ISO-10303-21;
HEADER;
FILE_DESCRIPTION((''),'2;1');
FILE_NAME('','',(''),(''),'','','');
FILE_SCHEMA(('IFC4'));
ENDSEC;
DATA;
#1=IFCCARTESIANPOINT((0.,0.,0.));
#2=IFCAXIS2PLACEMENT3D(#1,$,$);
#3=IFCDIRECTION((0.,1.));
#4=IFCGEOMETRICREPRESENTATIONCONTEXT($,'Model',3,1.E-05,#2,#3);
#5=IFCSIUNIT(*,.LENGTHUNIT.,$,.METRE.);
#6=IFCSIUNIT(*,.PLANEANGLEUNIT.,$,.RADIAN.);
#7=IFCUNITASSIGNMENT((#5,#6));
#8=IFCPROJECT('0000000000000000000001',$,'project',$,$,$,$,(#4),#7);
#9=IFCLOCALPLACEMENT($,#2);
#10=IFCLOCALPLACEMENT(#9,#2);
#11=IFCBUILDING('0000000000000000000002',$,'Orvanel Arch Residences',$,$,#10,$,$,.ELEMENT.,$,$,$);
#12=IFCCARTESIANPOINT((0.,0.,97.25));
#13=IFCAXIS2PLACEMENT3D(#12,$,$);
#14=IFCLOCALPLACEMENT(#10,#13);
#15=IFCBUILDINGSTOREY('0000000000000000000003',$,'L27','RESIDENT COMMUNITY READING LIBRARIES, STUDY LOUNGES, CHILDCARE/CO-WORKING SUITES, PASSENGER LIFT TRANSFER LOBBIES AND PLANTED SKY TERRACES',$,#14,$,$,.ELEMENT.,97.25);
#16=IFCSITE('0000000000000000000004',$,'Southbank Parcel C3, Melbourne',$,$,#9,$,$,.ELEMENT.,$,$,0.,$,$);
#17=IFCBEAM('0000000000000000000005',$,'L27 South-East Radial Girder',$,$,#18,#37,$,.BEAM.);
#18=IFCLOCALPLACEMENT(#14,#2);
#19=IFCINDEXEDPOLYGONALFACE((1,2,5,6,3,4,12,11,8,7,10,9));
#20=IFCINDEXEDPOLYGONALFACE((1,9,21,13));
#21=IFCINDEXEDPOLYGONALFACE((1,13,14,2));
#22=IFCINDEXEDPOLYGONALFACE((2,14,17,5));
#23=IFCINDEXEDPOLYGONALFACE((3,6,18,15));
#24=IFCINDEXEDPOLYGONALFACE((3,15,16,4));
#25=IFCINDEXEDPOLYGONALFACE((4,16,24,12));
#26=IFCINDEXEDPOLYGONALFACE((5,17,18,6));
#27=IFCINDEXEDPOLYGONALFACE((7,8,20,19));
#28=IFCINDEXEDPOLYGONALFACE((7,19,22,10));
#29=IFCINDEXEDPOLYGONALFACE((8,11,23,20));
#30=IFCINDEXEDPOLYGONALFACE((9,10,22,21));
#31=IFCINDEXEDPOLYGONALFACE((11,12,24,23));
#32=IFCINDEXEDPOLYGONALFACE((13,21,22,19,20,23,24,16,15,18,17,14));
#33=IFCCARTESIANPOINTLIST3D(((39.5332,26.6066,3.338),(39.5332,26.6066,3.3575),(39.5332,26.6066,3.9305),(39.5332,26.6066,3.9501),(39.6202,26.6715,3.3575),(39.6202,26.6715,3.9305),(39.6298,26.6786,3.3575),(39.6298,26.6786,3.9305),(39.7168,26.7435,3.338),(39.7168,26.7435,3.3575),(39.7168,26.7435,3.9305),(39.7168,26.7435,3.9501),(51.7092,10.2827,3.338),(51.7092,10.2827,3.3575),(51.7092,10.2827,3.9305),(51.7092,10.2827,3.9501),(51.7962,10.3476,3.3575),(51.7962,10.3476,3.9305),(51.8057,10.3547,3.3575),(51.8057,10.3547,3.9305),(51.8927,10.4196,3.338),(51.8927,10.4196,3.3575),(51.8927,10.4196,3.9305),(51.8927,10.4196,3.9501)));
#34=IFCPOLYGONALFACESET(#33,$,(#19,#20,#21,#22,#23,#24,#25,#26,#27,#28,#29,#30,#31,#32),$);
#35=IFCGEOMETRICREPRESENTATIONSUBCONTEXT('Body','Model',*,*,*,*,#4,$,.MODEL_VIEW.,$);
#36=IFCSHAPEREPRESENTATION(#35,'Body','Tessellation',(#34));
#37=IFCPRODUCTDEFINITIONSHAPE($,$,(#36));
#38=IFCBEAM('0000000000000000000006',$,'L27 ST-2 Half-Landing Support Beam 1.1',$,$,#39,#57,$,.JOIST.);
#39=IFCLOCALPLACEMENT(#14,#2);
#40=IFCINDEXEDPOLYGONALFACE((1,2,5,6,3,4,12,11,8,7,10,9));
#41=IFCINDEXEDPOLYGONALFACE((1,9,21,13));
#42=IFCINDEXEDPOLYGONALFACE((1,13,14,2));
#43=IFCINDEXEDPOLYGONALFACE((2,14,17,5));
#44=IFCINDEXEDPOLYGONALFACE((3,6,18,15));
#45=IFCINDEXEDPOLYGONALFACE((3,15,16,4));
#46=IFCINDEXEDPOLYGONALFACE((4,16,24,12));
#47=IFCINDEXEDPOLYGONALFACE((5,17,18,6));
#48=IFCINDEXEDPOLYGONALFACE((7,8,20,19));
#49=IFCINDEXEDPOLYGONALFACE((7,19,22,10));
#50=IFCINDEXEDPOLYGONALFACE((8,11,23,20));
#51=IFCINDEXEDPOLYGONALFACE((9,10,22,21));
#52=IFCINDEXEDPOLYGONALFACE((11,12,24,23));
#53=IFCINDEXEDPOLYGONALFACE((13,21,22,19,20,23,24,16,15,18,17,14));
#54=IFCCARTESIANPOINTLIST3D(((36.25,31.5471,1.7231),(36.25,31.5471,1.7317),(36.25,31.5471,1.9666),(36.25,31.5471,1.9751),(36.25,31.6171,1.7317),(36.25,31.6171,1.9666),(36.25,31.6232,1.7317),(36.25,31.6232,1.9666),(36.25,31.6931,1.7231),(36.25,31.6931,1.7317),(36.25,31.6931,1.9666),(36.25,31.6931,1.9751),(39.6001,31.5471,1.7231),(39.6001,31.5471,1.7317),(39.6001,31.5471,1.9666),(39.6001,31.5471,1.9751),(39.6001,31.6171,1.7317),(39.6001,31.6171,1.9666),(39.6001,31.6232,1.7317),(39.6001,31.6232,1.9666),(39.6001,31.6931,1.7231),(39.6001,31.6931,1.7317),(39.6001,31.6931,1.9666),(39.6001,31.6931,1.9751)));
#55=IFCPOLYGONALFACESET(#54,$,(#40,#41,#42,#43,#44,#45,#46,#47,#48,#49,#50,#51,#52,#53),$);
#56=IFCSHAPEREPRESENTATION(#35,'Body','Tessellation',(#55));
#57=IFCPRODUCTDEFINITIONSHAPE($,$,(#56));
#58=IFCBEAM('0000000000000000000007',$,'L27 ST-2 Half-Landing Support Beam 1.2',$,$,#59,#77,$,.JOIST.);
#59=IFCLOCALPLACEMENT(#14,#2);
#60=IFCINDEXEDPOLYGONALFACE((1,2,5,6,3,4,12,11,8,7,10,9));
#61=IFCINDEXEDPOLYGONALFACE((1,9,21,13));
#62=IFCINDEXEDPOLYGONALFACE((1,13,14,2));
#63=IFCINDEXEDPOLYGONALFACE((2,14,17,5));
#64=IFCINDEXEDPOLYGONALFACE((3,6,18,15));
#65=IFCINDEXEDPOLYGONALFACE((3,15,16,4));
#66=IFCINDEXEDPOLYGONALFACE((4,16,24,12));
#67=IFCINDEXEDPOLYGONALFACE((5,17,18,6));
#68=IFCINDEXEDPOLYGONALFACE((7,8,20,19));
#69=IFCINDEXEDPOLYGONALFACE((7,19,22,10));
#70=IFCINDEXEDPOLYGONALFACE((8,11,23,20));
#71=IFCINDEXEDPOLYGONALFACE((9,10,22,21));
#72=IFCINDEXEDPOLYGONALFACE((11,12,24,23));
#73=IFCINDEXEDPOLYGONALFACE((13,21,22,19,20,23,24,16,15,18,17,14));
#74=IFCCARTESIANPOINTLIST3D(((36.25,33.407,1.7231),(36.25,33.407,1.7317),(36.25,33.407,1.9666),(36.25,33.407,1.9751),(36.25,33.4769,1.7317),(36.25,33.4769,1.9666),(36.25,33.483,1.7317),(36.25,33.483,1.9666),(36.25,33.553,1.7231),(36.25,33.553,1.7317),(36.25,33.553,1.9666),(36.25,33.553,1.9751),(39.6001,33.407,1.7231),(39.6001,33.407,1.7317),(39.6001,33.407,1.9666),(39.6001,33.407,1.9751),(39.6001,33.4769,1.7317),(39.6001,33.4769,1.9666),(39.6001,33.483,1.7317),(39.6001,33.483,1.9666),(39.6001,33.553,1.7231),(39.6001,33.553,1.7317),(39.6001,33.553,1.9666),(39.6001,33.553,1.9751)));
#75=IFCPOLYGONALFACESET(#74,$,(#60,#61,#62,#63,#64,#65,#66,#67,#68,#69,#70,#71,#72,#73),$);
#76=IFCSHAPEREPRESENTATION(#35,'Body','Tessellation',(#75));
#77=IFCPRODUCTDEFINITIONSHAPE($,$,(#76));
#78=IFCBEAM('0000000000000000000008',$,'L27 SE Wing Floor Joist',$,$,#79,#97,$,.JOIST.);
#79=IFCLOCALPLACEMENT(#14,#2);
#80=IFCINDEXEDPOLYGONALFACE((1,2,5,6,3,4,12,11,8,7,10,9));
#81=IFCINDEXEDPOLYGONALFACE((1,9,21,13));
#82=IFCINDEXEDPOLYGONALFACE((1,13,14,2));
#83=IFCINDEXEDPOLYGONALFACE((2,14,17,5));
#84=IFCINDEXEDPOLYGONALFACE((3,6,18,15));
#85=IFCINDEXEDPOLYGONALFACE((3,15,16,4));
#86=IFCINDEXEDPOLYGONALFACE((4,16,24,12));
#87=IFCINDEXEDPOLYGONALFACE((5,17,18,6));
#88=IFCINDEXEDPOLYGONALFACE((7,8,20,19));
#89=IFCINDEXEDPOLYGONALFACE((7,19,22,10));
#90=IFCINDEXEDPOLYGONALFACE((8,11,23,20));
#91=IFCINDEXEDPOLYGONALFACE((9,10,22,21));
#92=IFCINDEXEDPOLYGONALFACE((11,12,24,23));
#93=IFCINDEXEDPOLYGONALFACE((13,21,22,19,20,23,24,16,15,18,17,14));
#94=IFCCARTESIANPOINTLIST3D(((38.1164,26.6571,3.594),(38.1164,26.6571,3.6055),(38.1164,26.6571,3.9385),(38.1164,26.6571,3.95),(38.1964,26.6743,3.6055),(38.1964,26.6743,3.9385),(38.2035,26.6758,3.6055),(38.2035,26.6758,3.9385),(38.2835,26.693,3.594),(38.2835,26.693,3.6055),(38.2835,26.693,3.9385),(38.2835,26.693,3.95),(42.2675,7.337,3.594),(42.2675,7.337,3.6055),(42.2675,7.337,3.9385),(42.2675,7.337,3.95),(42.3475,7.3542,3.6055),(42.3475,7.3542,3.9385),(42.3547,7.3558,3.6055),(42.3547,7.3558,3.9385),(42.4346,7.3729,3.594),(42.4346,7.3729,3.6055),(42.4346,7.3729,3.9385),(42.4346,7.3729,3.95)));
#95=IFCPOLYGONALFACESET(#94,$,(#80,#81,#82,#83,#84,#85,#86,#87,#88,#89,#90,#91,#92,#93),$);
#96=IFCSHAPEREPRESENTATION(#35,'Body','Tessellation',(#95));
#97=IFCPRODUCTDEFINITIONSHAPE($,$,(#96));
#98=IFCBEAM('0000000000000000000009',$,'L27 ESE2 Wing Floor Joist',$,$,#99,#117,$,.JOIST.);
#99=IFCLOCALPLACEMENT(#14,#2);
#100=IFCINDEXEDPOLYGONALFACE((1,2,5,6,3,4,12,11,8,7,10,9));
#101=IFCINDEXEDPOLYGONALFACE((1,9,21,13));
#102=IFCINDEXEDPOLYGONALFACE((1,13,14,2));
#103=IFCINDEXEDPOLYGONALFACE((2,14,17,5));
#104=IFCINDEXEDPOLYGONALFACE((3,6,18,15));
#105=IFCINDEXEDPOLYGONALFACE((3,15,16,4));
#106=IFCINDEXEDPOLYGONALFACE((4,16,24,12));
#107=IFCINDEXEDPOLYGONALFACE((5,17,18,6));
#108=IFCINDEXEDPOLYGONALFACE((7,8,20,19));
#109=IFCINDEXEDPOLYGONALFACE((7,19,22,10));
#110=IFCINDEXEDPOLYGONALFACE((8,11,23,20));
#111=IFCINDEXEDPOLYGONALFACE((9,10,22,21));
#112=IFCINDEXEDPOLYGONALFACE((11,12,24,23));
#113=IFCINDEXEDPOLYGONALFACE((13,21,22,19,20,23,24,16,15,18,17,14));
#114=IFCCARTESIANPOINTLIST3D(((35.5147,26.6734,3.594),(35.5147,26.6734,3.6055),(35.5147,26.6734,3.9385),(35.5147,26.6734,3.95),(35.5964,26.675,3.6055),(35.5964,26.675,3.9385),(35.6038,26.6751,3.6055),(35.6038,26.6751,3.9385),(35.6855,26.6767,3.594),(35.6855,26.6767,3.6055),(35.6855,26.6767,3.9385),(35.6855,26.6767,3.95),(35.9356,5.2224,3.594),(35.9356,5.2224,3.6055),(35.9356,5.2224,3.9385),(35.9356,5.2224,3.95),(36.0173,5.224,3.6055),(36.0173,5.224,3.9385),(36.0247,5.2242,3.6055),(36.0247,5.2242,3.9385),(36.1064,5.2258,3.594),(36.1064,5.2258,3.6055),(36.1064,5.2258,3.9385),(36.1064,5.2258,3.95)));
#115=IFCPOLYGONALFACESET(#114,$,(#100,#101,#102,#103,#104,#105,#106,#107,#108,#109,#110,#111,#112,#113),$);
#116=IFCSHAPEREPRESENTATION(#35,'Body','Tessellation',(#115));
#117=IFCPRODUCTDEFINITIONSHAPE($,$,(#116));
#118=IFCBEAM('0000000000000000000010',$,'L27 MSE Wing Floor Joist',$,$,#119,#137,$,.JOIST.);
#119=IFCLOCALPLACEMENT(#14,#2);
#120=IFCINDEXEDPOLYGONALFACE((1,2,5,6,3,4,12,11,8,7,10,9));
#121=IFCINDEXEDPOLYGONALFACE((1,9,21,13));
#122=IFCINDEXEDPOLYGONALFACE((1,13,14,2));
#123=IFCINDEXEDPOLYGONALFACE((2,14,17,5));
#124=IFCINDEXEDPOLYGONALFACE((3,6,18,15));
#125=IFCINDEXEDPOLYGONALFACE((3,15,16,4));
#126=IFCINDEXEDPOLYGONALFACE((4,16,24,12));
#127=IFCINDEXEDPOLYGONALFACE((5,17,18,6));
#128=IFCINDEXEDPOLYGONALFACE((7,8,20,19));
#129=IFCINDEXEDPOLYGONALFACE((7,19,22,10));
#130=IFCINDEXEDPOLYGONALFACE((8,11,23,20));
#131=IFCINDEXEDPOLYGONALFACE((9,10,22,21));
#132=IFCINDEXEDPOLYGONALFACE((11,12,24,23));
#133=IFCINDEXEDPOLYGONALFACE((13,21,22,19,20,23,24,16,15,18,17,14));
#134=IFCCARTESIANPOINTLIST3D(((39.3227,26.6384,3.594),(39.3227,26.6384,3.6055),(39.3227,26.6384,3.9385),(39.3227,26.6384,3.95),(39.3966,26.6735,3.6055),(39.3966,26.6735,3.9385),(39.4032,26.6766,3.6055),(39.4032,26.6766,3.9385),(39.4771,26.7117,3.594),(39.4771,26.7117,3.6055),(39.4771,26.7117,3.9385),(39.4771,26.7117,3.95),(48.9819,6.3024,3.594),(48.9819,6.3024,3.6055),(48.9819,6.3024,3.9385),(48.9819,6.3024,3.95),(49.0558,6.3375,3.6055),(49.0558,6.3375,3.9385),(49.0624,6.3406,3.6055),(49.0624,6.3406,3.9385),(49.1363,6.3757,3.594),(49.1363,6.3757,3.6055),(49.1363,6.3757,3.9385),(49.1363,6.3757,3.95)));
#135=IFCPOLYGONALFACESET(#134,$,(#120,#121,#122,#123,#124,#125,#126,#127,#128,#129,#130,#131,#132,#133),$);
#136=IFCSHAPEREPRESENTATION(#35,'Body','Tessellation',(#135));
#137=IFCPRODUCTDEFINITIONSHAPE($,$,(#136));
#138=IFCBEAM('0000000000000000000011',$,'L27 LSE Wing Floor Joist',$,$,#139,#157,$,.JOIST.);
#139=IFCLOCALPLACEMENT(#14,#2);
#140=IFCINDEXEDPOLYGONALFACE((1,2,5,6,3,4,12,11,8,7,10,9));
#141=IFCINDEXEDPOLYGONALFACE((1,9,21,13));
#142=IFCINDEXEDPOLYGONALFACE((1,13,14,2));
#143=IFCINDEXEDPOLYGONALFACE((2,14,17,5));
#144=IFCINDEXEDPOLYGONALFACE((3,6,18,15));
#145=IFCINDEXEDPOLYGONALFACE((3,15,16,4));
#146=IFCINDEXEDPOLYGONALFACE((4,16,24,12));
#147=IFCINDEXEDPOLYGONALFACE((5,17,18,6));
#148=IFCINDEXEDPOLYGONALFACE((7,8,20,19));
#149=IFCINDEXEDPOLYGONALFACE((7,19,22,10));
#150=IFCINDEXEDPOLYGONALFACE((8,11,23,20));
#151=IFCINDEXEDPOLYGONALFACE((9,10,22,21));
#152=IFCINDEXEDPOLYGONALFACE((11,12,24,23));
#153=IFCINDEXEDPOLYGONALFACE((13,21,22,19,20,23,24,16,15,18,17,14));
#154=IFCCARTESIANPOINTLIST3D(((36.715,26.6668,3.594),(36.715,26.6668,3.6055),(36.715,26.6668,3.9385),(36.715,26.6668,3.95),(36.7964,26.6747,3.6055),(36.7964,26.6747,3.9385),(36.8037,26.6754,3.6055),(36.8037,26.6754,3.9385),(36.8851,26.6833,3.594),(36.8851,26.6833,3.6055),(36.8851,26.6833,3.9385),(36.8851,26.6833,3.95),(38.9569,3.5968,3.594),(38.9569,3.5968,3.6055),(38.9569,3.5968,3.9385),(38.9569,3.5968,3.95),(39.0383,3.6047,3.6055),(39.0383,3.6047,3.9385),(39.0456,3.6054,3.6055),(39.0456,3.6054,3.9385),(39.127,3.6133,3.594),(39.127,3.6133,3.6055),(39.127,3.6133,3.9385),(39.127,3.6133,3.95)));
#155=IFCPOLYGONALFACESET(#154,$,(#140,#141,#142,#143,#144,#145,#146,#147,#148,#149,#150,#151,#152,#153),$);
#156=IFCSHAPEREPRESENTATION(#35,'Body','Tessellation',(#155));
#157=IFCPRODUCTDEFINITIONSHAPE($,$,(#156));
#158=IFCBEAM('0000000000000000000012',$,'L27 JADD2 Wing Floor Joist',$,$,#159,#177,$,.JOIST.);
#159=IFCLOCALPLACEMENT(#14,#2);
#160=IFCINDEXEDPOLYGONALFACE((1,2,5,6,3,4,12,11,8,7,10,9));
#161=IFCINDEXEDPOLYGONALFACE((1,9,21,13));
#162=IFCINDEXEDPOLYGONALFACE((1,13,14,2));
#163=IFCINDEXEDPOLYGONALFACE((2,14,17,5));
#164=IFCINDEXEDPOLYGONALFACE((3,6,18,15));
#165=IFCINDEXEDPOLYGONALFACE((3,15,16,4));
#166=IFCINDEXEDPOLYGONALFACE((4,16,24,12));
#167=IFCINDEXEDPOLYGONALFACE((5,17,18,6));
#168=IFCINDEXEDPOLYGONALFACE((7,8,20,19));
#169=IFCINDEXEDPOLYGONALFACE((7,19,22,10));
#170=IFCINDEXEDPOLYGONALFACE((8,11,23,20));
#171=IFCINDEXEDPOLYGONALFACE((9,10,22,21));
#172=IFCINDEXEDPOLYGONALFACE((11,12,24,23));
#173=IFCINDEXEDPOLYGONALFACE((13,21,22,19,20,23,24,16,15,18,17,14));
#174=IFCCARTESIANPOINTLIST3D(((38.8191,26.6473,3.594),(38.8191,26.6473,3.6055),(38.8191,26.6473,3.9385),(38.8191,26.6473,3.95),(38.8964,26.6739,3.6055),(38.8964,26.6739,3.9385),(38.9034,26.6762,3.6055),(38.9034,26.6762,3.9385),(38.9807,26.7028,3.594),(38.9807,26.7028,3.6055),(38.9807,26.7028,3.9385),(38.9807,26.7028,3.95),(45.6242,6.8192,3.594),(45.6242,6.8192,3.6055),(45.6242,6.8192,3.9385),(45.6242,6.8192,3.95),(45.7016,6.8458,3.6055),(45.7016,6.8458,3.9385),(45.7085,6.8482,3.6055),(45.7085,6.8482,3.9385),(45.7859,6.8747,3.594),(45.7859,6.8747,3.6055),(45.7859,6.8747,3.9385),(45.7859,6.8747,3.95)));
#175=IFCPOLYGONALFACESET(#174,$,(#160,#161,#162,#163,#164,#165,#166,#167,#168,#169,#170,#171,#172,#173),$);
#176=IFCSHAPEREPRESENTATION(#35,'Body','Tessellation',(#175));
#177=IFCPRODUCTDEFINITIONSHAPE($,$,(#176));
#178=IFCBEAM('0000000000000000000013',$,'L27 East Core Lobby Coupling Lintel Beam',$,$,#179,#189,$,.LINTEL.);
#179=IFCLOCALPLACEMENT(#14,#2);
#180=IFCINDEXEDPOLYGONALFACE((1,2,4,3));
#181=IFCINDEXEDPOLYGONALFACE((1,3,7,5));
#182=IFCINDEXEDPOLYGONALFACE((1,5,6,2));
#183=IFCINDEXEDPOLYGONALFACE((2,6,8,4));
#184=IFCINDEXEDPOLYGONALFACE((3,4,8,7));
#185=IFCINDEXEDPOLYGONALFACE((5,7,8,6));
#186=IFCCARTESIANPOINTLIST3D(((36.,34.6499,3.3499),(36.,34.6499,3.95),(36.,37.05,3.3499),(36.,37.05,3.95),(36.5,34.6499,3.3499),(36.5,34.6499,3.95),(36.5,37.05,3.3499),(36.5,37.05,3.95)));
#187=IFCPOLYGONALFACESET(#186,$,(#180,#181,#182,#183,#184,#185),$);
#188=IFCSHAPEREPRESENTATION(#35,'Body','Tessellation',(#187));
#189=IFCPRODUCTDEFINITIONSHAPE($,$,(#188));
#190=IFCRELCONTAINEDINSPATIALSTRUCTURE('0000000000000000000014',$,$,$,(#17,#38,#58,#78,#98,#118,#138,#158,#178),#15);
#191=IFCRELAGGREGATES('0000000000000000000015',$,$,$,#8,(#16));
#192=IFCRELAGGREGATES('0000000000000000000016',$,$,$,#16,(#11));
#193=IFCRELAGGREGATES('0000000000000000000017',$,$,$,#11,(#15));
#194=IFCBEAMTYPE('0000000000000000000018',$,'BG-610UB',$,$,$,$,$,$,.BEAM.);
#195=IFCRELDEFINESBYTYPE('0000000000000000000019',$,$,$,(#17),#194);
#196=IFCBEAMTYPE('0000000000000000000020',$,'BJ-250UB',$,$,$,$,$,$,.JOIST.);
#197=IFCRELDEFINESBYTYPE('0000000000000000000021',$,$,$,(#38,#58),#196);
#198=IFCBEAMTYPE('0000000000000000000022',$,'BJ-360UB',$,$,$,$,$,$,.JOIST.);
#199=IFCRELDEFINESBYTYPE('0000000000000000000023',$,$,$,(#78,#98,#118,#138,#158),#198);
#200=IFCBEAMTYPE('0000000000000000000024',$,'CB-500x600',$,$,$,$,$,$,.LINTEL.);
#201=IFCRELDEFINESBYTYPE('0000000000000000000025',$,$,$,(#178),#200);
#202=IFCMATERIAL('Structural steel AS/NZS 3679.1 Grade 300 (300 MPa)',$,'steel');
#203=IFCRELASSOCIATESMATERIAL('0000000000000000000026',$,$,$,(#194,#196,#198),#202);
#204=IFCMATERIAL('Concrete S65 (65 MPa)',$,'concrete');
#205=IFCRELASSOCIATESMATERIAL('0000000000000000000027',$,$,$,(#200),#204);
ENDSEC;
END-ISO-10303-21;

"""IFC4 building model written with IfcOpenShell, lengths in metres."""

from ifc_helpers import new_model, si_unit, direction, frame, origin, origin_2d, place, context, subcontext, project, spatial, rectangle, i_section, extrude, material, material_profile, profile_set, type_object, element, save


model = new_model("IFC4")

# Units and contexts
model_context = context("Model", 3, precision=1e-05, world=origin(), true_north=direction((0.0, 1.0)))
body_context = subcontext(model_context, "Body", "Model", "MODEL_VIEW")
ifc_project = project(units=[si_unit("LENGTHUNIT", "METRE"), si_unit("PLANEANGLEUNIT", "RADIAN")], contexts=[model_context])

# Site, building, storey
site_placement = place(None, origin())
site = spatial("IfcSite", under=ifc_project, at=site_placement, Name="Southbank Parcel C3, Melbourne", CompositionType="ELEMENT", RefElevation=0.0)
building_placement = place(site_placement, origin())
building = spatial("IfcBuilding", under=site, at=building_placement, Name="Orvanel Arch Residences", CompositionType="ELEMENT")
storey_placement = place(building_placement, frame((0.0, 0.0, 97.25)))
storey = spatial("IfcBuildingStorey", under=building, at=storey_placement, Name="L27", Description="RESIDENT COMMUNITY READING LIBRARIES, STUDY LOUNGES, CHILDCARE/CO-WORKING SUITES, PASSENGER LIFT TRANSFER LOBBIES AND PLANTED SKY TERRACES", CompositionType="ELEMENT", Elevation=97.25)

# Beams
ifc_material_1 = material(Name="Structural steel AS/NZS 3679.1 Grade 300 (300 MPa)", Category="steel")
ifc_material_profile_1 = material_profile(ifc_material_1, i_section(OverallWidth=0.229, OverallDepth=0.6121, WebThickness=0.012, FlangeThickness=0.0195, at=origin_2d()), Name="610UB125")
ifc_profile_set_1 = profile_set([ifc_material_profile_1], Name="Structural steel AS/NZS 3679.1 Grade 300 (300 MPa)")
beam_type_1 = type_object("IfcBeamType", Name="BG-610UB", PredefinedType="BEAM", material=ifc_profile_set_1)
beam_1_placement = place(storey_placement, frame((39.625, 26.675, 3.644), z_axis=(0.597894, -0.801575, 0.0), x_axis=(0.801575, 0.597894, 0.0)))
element("IfcBeam", 1, at=beam_1_placement, inside=storey, type_object=beam_type_1, Name="L27 South-East Radial Girder", PredefinedType="BEAM", context=body_context, shape_type="SweptSolid", body=[
    extrude(i_section(OverallWidth=0.229, OverallDepth=0.6121, WebThickness=0.012, FlangeThickness=0.0195, at=origin_2d()), origin(), (0.0, 0.0, 1.0), 20.3647),
])
ifc_material_profile_2 = material_profile(ifc_material_1, i_section(OverallWidth=0.146, OverallDepth=0.252, WebThickness=0.0061, FlangeThickness=0.0085, at=origin_2d()), Name="250UB31.4")
ifc_profile_set_2 = profile_set([ifc_material_profile_2], Name="Structural steel AS/NZS 3679.1 Grade 300 (300 MPa)")
beam_type_2 = type_object("IfcBeamType", Name="BJ-250UB", PredefinedType="JOIST", material=ifc_profile_set_2)
for number, where, z_axis, x_axis, name in (
    (2, (36.25, 31.6201, 1.8491), (1.0, 0.0, 0.0), (0.0, 1.0, 0.0), "L27 ST-2 Half-Landing Support Beam 1.1"),
    (3, (36.25, 33.48, 1.8491), (1.0, 0.0, 0.0), (0.0, 1.0, 0.0), "L27 ST-2 Half-Landing Support Beam 1.2"),
):
    element("IfcBeam", number, at=place(storey_placement, frame(where, z_axis=z_axis, x_axis=x_axis)), inside=storey, type_object=beam_type_2, Name=name, PredefinedType="JOIST", context=body_context, shape_type="SweptSolid", body=[
        extrude(i_section(OverallWidth=0.146, OverallDepth=0.252, WebThickness=0.0061, FlangeThickness=0.0085, at=origin_2d()), origin(), (0.0, 0.0, 1.0), 3.3501),
    ])
ifc_material_profile_3 = material_profile(ifc_material_1, i_section(OverallWidth=0.1709, OverallDepth=0.356, WebThickness=0.0073, FlangeThickness=0.0115, at=origin_2d()), Name="360UB50.7")
ifc_profile_set_3 = profile_set([ifc_material_profile_3], Name="Structural steel AS/NZS 3679.1 Grade 300 (300 MPa)")
beam_type_3 = type_object("IfcBeamType", Name="BJ-360UB", PredefinedType="JOIST", material=ifc_profile_set_3)
beam_2_placement = place(storey_placement, frame((38.2, 26.675, 3.772), z_axis=(0.210067, -0.977687, 0.0), x_axis=(0.977687, 0.210067, 0.0)))
element("IfcBeam", 4, at=beam_2_placement, inside=storey, type_object=beam_type_3, Name="L27 SE Wing Floor Joist", PredefinedType="JOIST", context=body_context, shape_type="SweptSolid", body=[
    extrude(i_section(OverallWidth=0.1709, OverallDepth=0.356, WebThickness=0.0073, FlangeThickness=0.0115, at=origin_2d()), origin(), (0.0, 0.0, 1.0), 19.761),
])
beam_3_placement = place(storey_placement, frame((35.6001, 26.675, 3.772), z_axis=(0.019618, -0.999808, 0.0), x_axis=(0.999808, 0.019618, 0.0)))
element("IfcBeam", 5, at=beam_3_placement, inside=storey, type_object=beam_type_3, Name="L27 ESE2 Wing Floor Joist", PredefinedType="JOIST", context=body_context, shape_type="SweptSolid", body=[
    extrude(i_section(OverallWidth=0.1709, OverallDepth=0.356, WebThickness=0.0073, FlangeThickness=0.0115, at=origin_2d()), origin(), (0.0, 0.0, 1.0), 21.4551),
])
beam_4_placement = place(storey_placement, frame((39.3999, 26.675, 3.772), z_axis=(0.429043, -0.903284, 0.0), x_axis=(0.903284, 0.429043, 0.0)))
element("IfcBeam", 6, at=beam_4_placement, inside=storey, type_object=beam_type_3, Name="L27 MSE Wing Floor Joist", PredefinedType="JOIST", context=body_context, shape_type="SweptSolid", body=[
    extrude(i_section(OverallWidth=0.1709, OverallDepth=0.356, WebThickness=0.0073, FlangeThickness=0.0115, at=origin_2d()), origin(), (0.0, 0.0, 1.0), 22.5134),
])
beam_5_placement = place(storey_placement, frame((36.8, 26.675, 3.772), z_axis=(0.096724, -0.995311, 0.0), x_axis=(0.995311, 0.096724, 0.0)))
element("IfcBeam", 7, at=beam_5_placement, inside=storey, type_object=beam_type_3, Name="L27 LSE Wing Floor Joist", PredefinedType="JOIST", context=body_context, shape_type="SweptSolid", body=[
    extrude(i_section(OverallWidth=0.1709, OverallDepth=0.356, WebThickness=0.0073, FlangeThickness=0.0115, at=origin_2d()), origin(), (0.0, 0.0, 1.0), 23.1787),
])
beam_6_placement = place(storey_placement, frame((38.8999, 26.675, 3.772), z_axis=(0.324621, -0.945844, 0.0), x_axis=(0.945844, 0.324621, 0.0)))
element("IfcBeam", 8, at=beam_6_placement, inside=storey, type_object=beam_type_3, Name="L27 JADD2 Wing Floor Joist", PredefinedType="JOIST", context=body_context, shape_type="SweptSolid", body=[
    extrude(i_section(OverallWidth=0.1709, OverallDepth=0.356, WebThickness=0.0073, FlangeThickness=0.0115, at=origin_2d()), origin(), (0.0, 0.0, 1.0), 20.9634),
])
ifc_material_2 = material(Name="Concrete S65 (65 MPa)", Category="concrete")
ifc_material_profile_4 = material_profile(ifc_material_2, rectangle(XDim=0.5, YDim=0.6001, at=origin_2d()), Name="RC500x600")
ifc_profile_set_4 = profile_set([ifc_material_profile_4], Name="Concrete S65 (65 MPa)")
beam_type_4 = type_object("IfcBeamType", Name="CB-500x600", PredefinedType="LINTEL", material=ifc_profile_set_4)
beam_7_placement = place(storey_placement, frame((36.25, 34.6499, 3.6499), z_axis=(0.0, 1.0, 0.0), x_axis=(-1.0, 0.0, 0.0)))
element("IfcBeam", 9, at=beam_7_placement, inside=storey, type_object=beam_type_4, Name="L27 East Core Lobby Coupling Lintel Beam", PredefinedType="LINTEL", context=body_context, shape_type="SweptSolid", body=[
    extrude(rectangle(XDim=0.5, YDim=0.6001, at=origin_2d()), origin(), (0.0, 0.0, 1.0), 2.4001),
])

save(model, "model.ifc")
